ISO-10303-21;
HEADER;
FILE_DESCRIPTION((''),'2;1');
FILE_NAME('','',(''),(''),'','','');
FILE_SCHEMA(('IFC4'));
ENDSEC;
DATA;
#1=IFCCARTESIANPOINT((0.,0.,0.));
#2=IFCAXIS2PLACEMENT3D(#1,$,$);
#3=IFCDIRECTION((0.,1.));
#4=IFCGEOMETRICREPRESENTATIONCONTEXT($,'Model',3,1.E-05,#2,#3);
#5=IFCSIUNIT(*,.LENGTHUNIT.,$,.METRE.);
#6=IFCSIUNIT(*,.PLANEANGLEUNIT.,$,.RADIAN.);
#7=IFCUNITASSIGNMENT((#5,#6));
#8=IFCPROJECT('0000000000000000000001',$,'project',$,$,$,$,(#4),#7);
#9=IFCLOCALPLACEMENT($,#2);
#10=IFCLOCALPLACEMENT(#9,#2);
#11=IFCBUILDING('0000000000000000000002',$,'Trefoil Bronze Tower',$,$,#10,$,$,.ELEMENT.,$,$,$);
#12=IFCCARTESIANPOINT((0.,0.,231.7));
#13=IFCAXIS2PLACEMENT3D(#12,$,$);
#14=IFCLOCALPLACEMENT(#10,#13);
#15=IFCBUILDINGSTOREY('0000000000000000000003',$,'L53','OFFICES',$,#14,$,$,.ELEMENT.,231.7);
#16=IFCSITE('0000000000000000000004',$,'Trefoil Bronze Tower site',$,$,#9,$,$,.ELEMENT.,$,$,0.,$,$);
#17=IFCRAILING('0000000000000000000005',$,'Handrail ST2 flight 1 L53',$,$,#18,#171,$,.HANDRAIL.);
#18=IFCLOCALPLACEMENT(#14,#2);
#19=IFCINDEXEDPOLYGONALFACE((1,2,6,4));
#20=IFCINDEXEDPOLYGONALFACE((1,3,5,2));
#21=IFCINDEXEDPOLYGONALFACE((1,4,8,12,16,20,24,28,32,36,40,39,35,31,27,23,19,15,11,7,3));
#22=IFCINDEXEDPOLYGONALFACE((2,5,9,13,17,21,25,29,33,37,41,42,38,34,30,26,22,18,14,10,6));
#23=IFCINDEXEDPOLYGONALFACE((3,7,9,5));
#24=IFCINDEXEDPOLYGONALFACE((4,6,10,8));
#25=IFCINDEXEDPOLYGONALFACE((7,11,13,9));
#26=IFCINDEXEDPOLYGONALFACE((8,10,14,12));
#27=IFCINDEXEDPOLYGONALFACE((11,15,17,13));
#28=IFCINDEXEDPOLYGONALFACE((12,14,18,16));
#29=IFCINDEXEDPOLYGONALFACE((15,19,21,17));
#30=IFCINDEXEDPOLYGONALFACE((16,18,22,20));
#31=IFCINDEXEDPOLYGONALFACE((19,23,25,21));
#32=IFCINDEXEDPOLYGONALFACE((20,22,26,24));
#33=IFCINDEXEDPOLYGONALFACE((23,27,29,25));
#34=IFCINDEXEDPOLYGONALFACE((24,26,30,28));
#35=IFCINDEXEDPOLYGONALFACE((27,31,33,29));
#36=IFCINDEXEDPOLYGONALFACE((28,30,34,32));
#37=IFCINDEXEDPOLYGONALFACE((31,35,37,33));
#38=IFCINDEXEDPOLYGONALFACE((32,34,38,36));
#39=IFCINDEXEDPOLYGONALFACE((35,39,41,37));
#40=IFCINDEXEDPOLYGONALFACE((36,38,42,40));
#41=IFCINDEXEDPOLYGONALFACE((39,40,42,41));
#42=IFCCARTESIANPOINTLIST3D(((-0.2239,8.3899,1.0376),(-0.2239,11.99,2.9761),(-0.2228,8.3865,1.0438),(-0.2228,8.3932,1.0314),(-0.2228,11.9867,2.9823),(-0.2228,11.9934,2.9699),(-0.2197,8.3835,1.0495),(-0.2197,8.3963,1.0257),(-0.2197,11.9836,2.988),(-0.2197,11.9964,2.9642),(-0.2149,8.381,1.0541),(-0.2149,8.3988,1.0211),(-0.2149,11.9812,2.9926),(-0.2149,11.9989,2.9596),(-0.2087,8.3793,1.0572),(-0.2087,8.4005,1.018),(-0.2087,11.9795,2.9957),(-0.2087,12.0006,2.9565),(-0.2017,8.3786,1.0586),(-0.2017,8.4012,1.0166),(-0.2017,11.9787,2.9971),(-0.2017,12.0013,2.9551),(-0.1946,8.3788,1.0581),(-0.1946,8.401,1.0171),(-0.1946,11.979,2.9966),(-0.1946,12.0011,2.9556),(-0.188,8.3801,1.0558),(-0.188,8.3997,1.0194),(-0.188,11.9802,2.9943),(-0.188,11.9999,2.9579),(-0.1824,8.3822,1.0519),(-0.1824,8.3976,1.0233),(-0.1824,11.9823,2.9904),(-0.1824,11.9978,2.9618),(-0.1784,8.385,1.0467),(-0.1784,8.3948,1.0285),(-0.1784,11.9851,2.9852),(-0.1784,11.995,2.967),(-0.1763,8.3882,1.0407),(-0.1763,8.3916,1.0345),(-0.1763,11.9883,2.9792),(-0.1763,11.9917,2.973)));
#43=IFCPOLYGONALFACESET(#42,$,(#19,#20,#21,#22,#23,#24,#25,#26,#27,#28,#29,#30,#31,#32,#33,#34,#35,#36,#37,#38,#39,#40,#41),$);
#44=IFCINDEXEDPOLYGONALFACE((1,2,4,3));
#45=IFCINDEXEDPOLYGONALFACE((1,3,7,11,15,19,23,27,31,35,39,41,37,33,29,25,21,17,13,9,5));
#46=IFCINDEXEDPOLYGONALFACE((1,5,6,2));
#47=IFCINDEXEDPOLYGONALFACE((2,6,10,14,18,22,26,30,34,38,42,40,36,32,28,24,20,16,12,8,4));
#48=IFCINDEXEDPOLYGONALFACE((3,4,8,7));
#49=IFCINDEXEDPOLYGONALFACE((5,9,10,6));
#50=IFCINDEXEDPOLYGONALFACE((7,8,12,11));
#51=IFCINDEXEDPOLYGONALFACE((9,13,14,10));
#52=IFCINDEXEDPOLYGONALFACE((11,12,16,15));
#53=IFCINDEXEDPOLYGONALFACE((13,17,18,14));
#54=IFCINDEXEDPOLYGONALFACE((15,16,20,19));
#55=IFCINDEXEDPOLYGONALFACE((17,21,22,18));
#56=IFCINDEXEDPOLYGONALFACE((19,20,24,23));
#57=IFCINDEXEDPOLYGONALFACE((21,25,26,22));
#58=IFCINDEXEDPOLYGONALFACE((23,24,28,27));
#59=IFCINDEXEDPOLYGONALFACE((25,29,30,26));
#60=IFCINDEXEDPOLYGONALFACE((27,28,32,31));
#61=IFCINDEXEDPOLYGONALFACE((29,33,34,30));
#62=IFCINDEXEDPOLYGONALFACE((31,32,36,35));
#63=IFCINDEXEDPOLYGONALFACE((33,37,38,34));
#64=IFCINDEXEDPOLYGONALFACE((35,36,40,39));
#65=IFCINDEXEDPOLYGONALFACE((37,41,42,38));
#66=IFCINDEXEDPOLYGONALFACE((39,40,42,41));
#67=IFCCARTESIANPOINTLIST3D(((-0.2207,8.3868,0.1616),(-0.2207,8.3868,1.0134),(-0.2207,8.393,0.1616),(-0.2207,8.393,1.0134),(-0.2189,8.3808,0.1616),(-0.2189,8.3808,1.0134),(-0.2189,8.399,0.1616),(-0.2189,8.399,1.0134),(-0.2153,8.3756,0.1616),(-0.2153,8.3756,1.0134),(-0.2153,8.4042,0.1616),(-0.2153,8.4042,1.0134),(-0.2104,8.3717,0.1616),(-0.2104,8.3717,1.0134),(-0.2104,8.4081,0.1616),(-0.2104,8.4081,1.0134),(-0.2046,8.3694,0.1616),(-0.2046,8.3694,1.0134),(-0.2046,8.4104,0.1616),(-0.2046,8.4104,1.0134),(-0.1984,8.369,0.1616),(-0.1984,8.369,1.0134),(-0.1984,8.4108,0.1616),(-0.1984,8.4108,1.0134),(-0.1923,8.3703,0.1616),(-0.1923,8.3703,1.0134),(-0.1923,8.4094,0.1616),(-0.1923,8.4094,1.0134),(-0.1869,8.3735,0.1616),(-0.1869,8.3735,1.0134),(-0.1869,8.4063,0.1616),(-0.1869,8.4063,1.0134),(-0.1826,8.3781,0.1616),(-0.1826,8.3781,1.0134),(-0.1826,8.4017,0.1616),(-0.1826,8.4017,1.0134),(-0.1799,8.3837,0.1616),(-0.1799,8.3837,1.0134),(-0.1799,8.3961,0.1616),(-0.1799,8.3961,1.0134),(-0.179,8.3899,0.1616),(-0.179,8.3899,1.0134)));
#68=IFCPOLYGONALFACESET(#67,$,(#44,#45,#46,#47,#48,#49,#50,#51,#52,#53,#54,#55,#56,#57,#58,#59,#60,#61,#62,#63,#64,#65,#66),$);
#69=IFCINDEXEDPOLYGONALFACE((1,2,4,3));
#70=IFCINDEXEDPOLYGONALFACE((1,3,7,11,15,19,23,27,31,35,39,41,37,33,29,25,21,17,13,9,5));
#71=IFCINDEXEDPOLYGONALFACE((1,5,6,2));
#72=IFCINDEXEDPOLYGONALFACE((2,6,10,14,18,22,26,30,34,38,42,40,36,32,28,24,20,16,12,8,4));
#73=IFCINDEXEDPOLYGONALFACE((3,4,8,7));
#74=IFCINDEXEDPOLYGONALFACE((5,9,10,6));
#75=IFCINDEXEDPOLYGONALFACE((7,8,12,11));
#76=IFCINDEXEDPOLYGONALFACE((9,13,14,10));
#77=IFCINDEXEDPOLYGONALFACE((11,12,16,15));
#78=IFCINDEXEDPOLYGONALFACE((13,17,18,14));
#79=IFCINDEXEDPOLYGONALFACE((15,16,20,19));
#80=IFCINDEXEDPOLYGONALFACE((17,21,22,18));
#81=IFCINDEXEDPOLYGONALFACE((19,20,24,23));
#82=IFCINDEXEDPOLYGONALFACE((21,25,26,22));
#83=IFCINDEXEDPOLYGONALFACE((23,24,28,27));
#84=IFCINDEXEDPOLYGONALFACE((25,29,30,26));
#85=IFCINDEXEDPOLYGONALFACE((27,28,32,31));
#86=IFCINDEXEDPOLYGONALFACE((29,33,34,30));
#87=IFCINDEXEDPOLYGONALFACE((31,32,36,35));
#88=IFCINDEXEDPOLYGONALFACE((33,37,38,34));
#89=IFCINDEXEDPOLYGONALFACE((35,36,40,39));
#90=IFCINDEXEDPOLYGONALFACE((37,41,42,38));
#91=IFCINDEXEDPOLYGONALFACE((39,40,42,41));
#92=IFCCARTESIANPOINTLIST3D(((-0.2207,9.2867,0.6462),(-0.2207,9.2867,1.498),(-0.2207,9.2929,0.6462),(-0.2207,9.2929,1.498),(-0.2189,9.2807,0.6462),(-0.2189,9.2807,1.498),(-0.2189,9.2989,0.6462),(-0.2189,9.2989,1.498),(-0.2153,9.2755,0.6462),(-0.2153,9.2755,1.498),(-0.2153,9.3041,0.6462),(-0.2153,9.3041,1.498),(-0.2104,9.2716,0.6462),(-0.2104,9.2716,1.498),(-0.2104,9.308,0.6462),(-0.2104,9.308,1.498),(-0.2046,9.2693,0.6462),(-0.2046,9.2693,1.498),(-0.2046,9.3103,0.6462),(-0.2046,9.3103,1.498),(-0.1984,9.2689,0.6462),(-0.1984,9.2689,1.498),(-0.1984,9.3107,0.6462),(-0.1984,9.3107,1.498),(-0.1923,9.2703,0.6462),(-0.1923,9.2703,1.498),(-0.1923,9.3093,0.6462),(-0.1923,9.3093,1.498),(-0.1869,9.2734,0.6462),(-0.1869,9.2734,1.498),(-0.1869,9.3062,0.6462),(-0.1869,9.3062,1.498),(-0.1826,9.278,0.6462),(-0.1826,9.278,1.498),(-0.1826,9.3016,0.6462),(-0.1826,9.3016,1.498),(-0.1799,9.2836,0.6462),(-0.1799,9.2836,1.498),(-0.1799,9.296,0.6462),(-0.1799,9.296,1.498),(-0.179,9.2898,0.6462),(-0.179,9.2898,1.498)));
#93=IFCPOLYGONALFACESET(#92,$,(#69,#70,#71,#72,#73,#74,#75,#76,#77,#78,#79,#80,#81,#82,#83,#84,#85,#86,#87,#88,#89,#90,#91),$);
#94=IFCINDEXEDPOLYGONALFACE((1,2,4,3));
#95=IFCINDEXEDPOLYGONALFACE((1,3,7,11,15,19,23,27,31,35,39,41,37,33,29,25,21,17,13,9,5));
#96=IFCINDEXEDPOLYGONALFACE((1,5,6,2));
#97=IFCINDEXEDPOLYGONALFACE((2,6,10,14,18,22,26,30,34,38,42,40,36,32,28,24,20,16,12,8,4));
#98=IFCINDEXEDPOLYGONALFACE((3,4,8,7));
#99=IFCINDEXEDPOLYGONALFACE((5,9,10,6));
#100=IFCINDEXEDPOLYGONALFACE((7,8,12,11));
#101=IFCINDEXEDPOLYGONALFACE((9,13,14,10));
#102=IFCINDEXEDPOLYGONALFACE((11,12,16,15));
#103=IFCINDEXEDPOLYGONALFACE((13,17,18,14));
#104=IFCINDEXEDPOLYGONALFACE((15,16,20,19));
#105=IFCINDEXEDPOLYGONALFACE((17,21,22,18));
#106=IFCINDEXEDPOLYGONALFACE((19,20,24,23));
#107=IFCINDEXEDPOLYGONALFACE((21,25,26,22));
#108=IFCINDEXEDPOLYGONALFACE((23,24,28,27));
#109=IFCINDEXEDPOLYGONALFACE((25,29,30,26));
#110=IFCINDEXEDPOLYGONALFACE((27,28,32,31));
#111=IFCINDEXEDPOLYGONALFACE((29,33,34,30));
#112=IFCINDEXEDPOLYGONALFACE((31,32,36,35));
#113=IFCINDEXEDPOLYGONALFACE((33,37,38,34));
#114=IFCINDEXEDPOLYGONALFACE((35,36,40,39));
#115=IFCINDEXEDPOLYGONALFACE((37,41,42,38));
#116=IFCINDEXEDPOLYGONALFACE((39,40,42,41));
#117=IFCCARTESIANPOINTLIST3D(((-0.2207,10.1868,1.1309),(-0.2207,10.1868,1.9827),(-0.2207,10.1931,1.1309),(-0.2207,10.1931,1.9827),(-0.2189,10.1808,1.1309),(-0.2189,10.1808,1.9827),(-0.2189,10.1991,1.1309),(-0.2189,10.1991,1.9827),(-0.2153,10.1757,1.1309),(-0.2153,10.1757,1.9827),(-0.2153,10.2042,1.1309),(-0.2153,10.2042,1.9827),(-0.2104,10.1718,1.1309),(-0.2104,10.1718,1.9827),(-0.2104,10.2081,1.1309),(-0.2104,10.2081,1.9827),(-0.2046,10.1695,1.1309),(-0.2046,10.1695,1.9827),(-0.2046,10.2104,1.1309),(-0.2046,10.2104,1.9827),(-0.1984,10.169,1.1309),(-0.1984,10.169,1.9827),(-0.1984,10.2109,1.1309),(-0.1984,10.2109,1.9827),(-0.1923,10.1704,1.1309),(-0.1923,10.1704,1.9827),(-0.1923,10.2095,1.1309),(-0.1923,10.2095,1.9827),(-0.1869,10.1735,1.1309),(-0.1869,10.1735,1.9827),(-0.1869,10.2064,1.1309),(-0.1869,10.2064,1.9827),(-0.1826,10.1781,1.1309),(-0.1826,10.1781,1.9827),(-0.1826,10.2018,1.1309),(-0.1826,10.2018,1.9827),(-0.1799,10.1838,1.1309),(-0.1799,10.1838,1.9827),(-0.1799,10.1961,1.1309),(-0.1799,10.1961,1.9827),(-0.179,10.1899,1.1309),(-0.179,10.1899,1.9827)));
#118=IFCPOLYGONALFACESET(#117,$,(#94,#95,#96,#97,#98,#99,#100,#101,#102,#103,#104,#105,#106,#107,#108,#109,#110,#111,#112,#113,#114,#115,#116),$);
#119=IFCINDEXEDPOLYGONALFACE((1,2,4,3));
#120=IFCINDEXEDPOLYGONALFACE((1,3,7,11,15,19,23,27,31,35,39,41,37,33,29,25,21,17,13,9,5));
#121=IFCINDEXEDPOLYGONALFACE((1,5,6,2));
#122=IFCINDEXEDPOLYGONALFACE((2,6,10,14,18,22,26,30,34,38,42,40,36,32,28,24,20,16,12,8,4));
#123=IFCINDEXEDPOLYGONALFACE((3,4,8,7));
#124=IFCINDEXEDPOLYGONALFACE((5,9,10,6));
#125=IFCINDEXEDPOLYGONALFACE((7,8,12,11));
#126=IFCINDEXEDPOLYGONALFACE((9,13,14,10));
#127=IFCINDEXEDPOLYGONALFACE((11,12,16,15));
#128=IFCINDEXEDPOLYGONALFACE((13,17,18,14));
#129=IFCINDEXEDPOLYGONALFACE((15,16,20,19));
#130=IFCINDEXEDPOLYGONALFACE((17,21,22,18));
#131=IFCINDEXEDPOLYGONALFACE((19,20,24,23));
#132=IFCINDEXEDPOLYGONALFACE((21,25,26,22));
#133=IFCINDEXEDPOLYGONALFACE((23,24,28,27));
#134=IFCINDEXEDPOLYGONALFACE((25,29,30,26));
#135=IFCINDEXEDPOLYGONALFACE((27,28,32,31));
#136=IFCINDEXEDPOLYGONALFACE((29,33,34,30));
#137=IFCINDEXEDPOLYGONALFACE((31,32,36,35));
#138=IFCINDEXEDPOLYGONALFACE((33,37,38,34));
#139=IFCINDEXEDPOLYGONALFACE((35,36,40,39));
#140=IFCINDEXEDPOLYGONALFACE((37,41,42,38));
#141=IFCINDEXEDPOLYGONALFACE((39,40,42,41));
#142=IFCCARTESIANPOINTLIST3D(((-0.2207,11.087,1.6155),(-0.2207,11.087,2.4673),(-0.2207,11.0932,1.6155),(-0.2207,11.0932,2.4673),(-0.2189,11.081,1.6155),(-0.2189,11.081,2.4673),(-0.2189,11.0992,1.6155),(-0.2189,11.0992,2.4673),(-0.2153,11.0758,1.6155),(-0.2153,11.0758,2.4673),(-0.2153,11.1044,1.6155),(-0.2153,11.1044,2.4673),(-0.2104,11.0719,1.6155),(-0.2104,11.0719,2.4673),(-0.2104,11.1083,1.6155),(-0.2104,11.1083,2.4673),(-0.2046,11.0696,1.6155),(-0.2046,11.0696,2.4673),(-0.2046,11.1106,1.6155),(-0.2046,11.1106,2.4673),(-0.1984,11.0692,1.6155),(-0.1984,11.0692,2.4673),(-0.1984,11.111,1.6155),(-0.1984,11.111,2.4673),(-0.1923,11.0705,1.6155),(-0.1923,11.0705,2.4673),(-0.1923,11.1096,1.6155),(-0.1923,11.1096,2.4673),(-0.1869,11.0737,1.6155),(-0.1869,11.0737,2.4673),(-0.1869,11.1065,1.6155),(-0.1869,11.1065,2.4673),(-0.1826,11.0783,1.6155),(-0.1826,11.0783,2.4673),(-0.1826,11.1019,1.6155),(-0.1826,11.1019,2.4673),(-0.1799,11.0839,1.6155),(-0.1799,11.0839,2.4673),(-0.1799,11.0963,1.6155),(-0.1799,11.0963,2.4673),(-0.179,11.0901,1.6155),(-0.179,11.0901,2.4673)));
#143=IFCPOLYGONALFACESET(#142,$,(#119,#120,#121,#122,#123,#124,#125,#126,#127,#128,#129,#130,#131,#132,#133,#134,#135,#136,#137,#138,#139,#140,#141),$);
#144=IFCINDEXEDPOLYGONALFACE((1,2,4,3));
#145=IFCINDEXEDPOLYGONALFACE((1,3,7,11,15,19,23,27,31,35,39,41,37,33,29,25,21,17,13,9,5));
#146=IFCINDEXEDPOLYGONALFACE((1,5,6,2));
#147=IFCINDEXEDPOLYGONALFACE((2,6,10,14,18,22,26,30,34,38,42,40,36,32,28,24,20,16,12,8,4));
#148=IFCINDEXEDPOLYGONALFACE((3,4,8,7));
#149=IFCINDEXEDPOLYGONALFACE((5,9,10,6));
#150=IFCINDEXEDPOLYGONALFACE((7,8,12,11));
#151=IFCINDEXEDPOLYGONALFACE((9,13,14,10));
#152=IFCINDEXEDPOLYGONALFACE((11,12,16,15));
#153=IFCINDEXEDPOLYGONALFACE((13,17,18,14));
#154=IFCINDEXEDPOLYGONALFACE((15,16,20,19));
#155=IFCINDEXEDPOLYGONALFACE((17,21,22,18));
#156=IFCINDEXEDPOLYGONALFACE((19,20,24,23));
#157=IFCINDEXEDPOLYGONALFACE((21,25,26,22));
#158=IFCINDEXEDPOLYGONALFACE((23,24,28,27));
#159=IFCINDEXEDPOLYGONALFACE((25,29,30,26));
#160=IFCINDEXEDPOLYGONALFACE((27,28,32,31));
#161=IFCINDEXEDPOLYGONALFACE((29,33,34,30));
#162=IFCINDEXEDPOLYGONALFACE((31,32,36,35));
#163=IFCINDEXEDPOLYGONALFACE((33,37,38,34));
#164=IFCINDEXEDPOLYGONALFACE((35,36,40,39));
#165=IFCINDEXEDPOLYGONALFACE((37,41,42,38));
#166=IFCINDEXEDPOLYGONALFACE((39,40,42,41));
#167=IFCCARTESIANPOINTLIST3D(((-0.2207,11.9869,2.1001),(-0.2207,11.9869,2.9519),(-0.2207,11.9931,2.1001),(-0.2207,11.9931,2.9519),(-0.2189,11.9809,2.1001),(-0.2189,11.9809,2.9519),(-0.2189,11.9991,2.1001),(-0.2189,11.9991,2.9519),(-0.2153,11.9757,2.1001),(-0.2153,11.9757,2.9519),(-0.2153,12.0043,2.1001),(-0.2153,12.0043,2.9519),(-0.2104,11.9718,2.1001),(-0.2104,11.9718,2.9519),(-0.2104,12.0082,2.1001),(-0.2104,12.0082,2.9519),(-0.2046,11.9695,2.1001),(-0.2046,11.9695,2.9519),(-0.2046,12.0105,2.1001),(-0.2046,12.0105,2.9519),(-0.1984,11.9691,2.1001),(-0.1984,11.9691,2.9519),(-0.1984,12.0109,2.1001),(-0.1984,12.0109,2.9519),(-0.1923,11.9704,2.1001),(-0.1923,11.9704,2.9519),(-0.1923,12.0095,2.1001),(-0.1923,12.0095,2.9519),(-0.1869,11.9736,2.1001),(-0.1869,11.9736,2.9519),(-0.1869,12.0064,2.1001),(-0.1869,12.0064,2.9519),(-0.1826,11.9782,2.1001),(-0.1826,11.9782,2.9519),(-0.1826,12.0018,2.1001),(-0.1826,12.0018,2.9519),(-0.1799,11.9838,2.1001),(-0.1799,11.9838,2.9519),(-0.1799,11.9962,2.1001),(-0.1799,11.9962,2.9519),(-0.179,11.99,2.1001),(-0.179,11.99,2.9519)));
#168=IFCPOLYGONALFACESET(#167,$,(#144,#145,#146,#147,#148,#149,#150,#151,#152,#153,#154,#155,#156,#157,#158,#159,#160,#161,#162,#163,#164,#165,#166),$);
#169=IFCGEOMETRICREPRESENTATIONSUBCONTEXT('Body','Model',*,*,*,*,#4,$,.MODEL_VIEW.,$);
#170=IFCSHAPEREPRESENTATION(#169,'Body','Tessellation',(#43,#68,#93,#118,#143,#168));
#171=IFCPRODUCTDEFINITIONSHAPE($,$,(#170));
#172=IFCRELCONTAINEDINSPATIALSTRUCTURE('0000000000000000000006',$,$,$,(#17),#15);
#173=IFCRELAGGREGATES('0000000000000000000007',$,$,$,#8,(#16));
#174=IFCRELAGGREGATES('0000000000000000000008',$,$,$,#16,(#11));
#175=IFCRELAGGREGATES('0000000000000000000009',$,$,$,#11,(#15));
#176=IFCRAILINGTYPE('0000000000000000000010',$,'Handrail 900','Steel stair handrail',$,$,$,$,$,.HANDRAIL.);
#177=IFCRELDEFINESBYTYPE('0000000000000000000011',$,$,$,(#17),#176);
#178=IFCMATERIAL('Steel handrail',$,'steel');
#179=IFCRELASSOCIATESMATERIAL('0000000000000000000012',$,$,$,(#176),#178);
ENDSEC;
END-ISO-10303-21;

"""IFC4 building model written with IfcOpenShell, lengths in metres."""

from ifc_helpers import new_model, si_unit, direction, frame, origin, origin_2d, place, context, subcontext, project, spatial, circle, extrude, material, type_object, element, save


model = new_model("IFC4")

# Units and contexts
model_context = context("Model", 3, precision=1e-05, world=origin(), true_north=direction((0.0, 1.0)))
body_context = subcontext(model_context, "Body", "Model", "MODEL_VIEW")
ifc_project = project(units=[si_unit("LENGTHUNIT", "METRE"), si_unit("PLANEANGLEUNIT", "RADIAN")], contexts=[model_context])

# Site, building, storey
site_placement = place(None, origin())
site = spatial("IfcSite", under=ifc_project, at=site_placement, Name="Trefoil Bronze Tower site", CompositionType="ELEMENT", RefElevation=0.0)
building_placement = place(site_placement, origin())
building = spatial("IfcBuilding", under=site, at=building_placement, Name="Trefoil Bronze Tower", CompositionType="ELEMENT")
storey_placement = place(building_placement, frame((0.0, 0.0, 231.7)))
storey = spatial("IfcBuildingStorey", under=building, at=storey_placement, Name="L53", Description="OFFICES", CompositionType="ELEMENT", Elevation=231.7)

# Railing
ifc_material_1 = material(Name="Steel handrail", Category="steel")
railing_type = type_object("IfcRailingType", Name="Handrail 900", Description="Steel stair handrail", PredefinedType="HANDRAIL", material=ifc_material_1)
railing_placement = place(storey_placement, frame((-0.2, 8.3899, 0.1616)))
element("IfcRailing", 1, at=railing_placement, inside=storey, type_object=railing_type, Name="Handrail ST2 flight 1 L53", PredefinedType="HANDRAIL", context=body_context, shape_type="SweptSolid", body=[
    extrude(circle(Radius=0.0239, at=origin_2d()), frame((0.0, 0.0, 0.876), z_axis=(0.0, 0.880475, 0.474093), x_axis=(-1.0, 0.0, 0.0)), (0.0, 0.0, 1.0), 4.0889),
    extrude(circle(Radius=0.021, at=origin_2d()), origin(), (0.0, 0.0, 1.0), 0.8518),
    extrude(circle(Radius=0.021, at=origin_2d()), frame((0.0, 0.8999, 0.4846)), (0.0, 0.0, 1.0), 0.8518),
    extrude(circle(Radius=0.021, at=origin_2d()), frame((0.0, 1.8, 0.9692)), (0.0, 0.0, 1.0), 0.8518),
    extrude(circle(Radius=0.021, at=origin_2d()), frame((0.0, 2.7002, 1.4539)), (0.0, 0.0, 1.0), 0.8518),
    extrude(circle(Radius=0.021, at=origin_2d()), frame((0.0, 3.6001, 1.9385)), (0.0, 0.0, 1.0), 0.8518),
])

save(model, "model.ifc")
